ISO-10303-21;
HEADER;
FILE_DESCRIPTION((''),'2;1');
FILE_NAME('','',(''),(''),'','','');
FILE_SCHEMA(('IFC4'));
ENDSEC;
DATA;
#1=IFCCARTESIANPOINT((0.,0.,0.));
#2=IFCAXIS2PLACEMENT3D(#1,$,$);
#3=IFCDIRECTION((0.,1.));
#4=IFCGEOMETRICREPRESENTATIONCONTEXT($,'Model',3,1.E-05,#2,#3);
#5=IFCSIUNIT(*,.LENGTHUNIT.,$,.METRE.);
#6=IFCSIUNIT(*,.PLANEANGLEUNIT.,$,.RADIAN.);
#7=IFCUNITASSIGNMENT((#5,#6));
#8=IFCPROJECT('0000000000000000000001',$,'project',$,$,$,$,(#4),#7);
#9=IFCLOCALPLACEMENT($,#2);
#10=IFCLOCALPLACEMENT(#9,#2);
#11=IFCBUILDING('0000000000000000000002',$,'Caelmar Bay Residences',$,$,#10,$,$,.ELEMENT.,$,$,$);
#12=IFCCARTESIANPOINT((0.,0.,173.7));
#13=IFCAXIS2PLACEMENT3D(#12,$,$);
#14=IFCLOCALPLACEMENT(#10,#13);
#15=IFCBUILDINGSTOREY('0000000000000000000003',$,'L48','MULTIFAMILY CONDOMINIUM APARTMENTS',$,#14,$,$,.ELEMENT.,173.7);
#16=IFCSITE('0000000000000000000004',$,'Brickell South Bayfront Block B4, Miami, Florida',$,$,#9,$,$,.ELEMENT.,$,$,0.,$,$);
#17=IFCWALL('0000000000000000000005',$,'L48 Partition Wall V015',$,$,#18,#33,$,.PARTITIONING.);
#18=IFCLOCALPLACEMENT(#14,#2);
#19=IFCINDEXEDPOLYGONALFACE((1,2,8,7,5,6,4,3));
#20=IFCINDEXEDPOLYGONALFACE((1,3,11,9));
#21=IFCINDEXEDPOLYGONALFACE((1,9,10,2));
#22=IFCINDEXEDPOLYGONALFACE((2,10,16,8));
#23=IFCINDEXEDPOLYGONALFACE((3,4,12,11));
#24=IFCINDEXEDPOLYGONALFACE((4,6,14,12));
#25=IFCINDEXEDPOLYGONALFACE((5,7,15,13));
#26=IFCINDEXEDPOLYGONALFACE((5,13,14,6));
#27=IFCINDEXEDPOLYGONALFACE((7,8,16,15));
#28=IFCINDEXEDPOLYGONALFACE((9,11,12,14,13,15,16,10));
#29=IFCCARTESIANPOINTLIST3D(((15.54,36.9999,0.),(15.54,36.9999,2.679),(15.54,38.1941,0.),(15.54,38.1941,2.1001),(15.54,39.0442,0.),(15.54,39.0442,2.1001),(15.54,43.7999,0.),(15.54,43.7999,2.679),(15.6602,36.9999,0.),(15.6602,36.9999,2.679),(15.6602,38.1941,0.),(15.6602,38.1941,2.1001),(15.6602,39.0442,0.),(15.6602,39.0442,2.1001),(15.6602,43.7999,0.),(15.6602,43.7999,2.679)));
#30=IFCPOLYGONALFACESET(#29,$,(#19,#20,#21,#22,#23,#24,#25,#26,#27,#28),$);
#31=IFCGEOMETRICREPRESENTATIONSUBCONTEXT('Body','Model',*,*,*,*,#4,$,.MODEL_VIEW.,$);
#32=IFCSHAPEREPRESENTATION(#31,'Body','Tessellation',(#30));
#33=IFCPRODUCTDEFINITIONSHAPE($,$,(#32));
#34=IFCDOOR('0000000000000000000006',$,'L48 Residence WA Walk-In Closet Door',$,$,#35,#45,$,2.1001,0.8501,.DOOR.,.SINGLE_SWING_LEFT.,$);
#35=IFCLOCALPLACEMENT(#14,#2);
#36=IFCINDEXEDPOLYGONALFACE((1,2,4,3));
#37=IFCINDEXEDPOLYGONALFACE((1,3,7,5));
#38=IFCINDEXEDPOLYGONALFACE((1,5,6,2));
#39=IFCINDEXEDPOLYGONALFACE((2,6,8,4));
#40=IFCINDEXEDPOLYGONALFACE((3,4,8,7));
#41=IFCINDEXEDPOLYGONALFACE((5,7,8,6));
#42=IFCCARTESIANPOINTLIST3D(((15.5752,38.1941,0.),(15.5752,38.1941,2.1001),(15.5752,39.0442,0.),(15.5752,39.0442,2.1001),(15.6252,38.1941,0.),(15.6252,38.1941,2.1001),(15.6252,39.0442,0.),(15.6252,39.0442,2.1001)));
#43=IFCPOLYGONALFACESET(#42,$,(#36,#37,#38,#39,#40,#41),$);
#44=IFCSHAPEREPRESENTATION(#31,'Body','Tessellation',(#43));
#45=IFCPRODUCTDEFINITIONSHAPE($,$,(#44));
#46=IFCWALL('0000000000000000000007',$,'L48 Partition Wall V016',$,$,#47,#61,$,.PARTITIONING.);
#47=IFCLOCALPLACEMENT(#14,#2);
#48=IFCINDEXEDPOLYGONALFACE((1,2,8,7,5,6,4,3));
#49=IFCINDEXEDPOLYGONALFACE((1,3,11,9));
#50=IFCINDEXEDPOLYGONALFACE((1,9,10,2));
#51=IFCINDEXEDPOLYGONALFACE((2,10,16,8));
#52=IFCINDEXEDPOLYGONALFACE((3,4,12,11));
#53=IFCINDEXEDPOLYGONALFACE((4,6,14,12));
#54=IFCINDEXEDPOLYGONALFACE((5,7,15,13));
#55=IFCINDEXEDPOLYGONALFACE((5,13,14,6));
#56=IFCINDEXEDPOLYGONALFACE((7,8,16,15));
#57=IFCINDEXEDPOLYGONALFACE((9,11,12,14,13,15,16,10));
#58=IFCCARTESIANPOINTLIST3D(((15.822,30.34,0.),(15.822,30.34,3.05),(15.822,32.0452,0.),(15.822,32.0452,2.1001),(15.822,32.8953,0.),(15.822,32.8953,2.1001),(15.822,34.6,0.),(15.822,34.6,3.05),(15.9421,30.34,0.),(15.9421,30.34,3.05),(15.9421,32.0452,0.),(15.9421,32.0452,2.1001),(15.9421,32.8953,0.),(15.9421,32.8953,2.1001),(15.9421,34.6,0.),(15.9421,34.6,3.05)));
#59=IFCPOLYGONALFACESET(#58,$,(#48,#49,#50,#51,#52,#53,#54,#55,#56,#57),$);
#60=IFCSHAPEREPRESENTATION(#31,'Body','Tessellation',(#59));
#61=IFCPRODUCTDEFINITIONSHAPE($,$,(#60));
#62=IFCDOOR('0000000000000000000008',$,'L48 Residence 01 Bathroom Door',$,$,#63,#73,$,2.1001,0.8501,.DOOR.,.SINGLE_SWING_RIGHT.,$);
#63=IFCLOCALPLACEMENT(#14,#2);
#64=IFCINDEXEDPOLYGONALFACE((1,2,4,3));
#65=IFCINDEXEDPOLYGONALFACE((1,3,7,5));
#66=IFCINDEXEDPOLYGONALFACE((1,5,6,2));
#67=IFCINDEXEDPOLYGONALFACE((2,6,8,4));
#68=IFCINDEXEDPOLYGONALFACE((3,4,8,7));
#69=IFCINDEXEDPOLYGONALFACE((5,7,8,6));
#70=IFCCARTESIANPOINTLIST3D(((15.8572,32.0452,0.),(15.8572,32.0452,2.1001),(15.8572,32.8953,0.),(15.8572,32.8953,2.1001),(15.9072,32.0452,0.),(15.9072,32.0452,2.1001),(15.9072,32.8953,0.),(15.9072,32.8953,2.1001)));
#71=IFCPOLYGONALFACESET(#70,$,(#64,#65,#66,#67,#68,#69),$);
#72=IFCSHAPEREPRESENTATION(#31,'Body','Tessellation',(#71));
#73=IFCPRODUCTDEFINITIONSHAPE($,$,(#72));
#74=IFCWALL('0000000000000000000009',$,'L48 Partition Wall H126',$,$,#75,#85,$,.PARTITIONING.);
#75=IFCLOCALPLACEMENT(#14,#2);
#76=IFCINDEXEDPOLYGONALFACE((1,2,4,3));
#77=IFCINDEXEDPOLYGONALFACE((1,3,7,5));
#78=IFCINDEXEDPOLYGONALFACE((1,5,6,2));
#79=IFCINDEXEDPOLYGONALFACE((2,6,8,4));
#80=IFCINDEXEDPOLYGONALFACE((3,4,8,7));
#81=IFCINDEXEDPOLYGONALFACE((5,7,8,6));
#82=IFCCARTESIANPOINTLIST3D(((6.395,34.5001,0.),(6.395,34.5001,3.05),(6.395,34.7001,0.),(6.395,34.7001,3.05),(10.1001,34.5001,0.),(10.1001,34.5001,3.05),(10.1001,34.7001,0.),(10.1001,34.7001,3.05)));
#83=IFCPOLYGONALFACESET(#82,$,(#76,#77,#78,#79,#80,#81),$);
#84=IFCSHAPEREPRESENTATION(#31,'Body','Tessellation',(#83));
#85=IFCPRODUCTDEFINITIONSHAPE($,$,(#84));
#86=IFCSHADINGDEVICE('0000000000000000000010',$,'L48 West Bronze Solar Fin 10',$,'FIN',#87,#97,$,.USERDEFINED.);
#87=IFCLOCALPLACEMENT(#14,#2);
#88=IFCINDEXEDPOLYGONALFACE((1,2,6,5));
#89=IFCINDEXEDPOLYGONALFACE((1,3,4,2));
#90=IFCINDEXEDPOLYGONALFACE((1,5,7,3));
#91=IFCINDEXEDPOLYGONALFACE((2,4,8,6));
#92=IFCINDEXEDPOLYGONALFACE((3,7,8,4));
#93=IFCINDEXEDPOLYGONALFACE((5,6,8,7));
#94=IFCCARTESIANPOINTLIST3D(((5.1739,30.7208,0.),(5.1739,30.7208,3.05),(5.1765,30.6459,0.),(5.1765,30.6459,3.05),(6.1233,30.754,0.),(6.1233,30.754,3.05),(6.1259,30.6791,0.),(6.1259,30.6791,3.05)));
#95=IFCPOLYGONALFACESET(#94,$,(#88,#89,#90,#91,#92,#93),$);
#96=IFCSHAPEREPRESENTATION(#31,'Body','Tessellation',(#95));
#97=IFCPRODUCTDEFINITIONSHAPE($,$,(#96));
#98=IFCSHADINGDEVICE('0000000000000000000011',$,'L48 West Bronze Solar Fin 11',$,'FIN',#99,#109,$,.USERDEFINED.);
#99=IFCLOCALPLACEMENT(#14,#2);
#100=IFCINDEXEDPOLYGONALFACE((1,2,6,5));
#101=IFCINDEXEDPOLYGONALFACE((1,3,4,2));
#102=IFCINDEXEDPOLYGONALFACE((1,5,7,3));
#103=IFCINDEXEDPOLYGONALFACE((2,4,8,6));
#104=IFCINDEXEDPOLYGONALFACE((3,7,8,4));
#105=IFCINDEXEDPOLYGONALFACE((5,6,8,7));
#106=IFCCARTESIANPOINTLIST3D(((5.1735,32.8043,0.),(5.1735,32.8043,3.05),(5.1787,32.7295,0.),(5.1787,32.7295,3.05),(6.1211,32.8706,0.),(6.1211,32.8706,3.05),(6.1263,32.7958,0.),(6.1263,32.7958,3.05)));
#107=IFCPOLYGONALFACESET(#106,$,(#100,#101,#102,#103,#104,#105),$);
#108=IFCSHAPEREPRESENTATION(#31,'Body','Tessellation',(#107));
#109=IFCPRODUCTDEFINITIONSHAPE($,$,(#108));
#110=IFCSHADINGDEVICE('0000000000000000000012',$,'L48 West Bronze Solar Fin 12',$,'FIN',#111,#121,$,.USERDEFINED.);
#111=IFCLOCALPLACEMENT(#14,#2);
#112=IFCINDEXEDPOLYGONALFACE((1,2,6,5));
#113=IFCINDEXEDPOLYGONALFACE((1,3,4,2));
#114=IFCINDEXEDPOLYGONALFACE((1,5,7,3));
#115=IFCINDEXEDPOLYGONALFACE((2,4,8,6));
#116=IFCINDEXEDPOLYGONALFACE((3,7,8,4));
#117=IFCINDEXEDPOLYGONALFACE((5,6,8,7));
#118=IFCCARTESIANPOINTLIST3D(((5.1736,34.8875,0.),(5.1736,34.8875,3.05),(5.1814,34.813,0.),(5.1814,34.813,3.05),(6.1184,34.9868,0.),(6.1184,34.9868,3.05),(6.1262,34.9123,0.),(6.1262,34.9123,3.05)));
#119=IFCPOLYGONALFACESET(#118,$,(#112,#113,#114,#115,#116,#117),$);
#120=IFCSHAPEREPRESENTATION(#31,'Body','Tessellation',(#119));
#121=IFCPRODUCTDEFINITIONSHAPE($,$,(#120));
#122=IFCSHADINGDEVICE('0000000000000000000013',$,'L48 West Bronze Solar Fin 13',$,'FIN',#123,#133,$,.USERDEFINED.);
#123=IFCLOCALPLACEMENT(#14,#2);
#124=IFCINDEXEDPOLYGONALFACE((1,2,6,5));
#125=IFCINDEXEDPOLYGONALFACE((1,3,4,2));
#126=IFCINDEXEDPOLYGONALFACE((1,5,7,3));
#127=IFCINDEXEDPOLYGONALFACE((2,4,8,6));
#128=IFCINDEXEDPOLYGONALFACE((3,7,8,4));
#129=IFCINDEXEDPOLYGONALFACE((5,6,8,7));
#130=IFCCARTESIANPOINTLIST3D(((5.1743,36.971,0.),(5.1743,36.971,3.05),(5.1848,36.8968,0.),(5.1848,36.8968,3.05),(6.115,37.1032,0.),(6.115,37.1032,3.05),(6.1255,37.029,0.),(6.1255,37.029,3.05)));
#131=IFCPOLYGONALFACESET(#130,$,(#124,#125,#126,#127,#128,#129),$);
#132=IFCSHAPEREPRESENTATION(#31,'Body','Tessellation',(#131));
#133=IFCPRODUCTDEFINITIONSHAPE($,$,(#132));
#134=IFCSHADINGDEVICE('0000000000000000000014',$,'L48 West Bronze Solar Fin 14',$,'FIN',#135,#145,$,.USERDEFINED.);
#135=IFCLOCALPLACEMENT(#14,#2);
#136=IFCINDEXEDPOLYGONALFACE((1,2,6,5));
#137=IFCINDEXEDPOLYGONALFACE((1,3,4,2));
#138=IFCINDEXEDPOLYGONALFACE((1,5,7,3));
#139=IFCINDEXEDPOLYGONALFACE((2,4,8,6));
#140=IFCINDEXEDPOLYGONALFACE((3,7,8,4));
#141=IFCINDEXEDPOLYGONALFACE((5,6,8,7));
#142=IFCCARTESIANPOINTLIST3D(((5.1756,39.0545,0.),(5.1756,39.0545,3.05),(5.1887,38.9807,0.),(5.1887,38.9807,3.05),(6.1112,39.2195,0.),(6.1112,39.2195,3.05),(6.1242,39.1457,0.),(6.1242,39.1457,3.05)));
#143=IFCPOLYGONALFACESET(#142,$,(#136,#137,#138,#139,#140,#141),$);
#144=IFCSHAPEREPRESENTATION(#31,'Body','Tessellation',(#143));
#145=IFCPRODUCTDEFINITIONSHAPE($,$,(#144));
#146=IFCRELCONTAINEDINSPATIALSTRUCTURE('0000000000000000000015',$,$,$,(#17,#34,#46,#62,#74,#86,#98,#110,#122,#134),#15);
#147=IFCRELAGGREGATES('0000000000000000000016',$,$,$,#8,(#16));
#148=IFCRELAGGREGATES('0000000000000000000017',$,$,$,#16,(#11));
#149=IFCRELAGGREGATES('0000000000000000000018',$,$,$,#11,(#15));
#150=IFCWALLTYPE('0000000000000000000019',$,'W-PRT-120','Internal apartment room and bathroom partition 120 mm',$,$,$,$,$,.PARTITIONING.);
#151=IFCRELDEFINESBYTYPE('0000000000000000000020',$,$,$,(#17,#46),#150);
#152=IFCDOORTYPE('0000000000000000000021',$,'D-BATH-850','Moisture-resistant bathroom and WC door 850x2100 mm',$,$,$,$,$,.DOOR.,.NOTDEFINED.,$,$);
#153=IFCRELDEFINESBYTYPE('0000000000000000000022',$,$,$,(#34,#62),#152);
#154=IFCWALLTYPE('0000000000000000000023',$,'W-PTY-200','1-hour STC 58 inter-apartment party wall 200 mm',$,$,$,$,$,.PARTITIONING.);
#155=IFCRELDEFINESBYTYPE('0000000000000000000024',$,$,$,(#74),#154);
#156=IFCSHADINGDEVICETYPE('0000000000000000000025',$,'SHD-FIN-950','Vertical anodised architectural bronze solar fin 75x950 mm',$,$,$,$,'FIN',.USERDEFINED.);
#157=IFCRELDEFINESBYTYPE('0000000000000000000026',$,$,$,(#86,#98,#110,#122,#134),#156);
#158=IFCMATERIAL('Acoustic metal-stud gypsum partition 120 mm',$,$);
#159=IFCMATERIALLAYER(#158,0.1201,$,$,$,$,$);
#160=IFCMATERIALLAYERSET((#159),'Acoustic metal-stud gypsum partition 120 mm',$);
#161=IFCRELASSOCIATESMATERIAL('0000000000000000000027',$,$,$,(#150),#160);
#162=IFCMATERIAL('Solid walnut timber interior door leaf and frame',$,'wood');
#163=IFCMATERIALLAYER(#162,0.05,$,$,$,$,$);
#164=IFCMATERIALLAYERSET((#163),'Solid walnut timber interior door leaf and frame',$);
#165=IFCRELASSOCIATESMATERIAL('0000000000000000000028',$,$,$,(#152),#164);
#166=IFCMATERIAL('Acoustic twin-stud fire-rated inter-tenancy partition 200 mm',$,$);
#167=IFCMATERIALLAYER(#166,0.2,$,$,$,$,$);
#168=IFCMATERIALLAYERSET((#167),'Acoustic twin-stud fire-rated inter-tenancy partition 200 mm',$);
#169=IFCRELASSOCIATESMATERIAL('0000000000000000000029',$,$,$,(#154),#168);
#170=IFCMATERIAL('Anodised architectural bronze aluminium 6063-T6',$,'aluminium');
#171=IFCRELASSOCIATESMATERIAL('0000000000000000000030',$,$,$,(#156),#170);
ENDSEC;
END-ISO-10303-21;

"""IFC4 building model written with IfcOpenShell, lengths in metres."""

from ifc_helpers import new_model, si_unit, direction, frame, frame_2d, origin, origin_2d, place, context, subcontext, project, spatial, rectangle, extrude, material, layer, layer_set, material_profile, profile_set, type_object, element, fill, save


model = new_model("IFC4")

# Units and contexts
model_context = context("Model", 3, precision=1e-05, world=origin(), true_north=direction((0.0, 1.0)))
body_context = subcontext(model_context, "Body", "Model", "MODEL_VIEW")
ifc_project = project(units=[si_unit("LENGTHUNIT", "METRE"), si_unit("PLANEANGLEUNIT", "RADIAN")], contexts=[model_context])

# Site, building, storey
site_placement = place(None, origin())
site = spatial("IfcSite", under=ifc_project, at=site_placement, Name="Brickell South Bayfront Block B4, Miami, Florida", CompositionType="ELEMENT", RefElevation=0.0)
building_placement = place(site_placement, origin())
building = spatial("IfcBuilding", under=site, at=building_placement, Name="Caelmar Bay Residences", CompositionType="ELEMENT")
storey_placement = place(building_placement, frame((0.0, 0.0, 173.7)))
storey = spatial("IfcBuildingStorey", under=building, at=storey_placement, Name="L48", Description="MULTIFAMILY CONDOMINIUM APARTMENTS", CompositionType="ELEMENT", Elevation=173.7)

# Walls, openings, doors
ifc_material_1 = material(Name="Solid walnut timber interior door leaf and frame", Category="wood")
ifc_material_2 = material(Name="Acoustic metal-stud gypsum partition 120 mm")
ifc_layer_1 = layer(ifc_material_2, 0.1201)
ifc_layer_set_1 = layer_set([ifc_layer_1], Name="Acoustic metal-stud gypsum partition 120 mm")
wall_type_1 = type_object("IfcWallType", Name="W-PRT-120", Description="Internal apartment room and bathroom partition 120 mm", PredefinedType="PARTITIONING", material=ifc_layer_set_1)
wall_1_placement = place(storey_placement, frame((15.6001, 37.0, 0.0), z_axis=(0.0, 0.0, 1.0), x_axis=(0.0, 1.0, 0.0)))
wall_1 = element("IfcWall", 1, at=wall_1_placement, inside=storey, type_object=wall_type_1, Name="L48 Partition Wall V015", PredefinedType="PARTITIONING", context=body_context, shape_type="SweptSolid", body=[
    extrude(rectangle(XDim=6.8, YDim=0.1201, at=frame_2d((3.3999, 0.0))), origin(), (0.0, 0.0, 1.0), 2.679),
])
opening_1_placement = place(wall_1_placement, frame((1.1941, 0.0, 0.0)))
opening_1 = element("IfcOpeningElement", 2, at=opening_1_placement, cuts=wall_1, PredefinedType="OPENING", context=body_context, shape_type="SweptSolid", body=[
    extrude(rectangle(XDim=0.8501, YDim=2.1001, at=frame_2d((0.425, 1.05))), frame((0.0, 0.0701, 0.0), z_axis=(0.0, -1.0, 0.0), x_axis=(1.0, 0.0, 0.0)), (0.0, 0.0, 1.0), 0.1401),
])
ifc_layer_2 = layer(ifc_material_1, 0.05)
ifc_layer_set_2 = layer_set([ifc_layer_2], Name="Solid walnut timber interior door leaf and frame")
door_type_1 = type_object("IfcDoorType", Name="D-BATH-850", Description="Moisture-resistant bathroom and WC door 850x2100 mm", OperationType="NOTDEFINED", PredefinedType="DOOR", material=ifc_layer_set_2)
door_1_placement = place(opening_1_placement, origin())
door_1 = element("IfcDoor", 3, at=door_1_placement, inside=storey, type_object=door_type_1, Name="L48 Residence WA Walk-In Closet Door", OperationType="SINGLE_SWING_LEFT", OverallHeight=2.1001, OverallWidth=0.8501, PredefinedType="DOOR", context=body_context, shape_type="SweptSolid", body=[
    extrude(rectangle(XDim=0.8501, YDim=2.1001, at=frame_2d((0.425, 1.05))), frame((0.0, 0.0249, 0.0), z_axis=(0.0, -1.0, 0.0), x_axis=(1.0, 0.0, 0.0)), (0.0, 0.0, 1.0), 0.05),
])
fill(opening_1, door_1)
wall_2_placement = place(storey_placement, frame((15.8821, 30.3401, 0.0), z_axis=(0.0, 0.0, 1.0), x_axis=(0.0, 1.0, 0.0)))
wall_2 = element("IfcWall", 4, at=wall_2_placement, inside=storey, type_object=wall_type_1, Name="L48 Partition Wall V016", PredefinedType="PARTITIONING", context=body_context, shape_type="SweptSolid", body=[
    extrude(rectangle(XDim=4.26, YDim=0.1201, at=frame_2d((2.1299, 0.0))), origin(), (0.0, 0.0, 1.0), 3.05),
])
opening_2_placement = place(wall_2_placement, frame((1.7051, 0.0, 0.0)))
opening_2 = element("IfcOpeningElement", 5, at=opening_2_placement, cuts=wall_2, PredefinedType="OPENING", context=body_context, shape_type="SweptSolid", body=[
    extrude(rectangle(XDim=0.8501, YDim=2.1001, at=frame_2d((0.425, 1.05))), frame((0.0, 0.0701, 0.0), z_axis=(0.0, -1.0, 0.0), x_axis=(1.0, 0.0, 0.0)), (0.0, 0.0, 1.0), 0.1401),
])
door_2_placement = place(opening_2_placement, origin())
door_2 = element("IfcDoor", 6, at=door_2_placement, inside=storey, type_object=door_type_1, Name="L48 Residence 01 Bathroom Door", OperationType="SINGLE_SWING_RIGHT", OverallHeight=2.1001, OverallWidth=0.8501, PredefinedType="DOOR", context=body_context, shape_type="SweptSolid", body=[
    extrude(rectangle(XDim=0.8501, YDim=2.1001, at=frame_2d((0.425, 1.05))), frame((0.0, 0.0249, 0.0), z_axis=(0.0, -1.0, 0.0), x_axis=(1.0, 0.0, 0.0)), (0.0, 0.0, 1.0), 0.05),
])
fill(opening_2, door_2)

# Wall
ifc_material_3 = material(Name="Acoustic twin-stud fire-rated inter-tenancy partition 200 mm")
ifc_layer_3 = layer(ifc_material_3, 0.2)
ifc_layer_set_3 = layer_set([ifc_layer_3], Name="Acoustic twin-stud fire-rated inter-tenancy partition 200 mm")
wall_type_2 = type_object("IfcWallType", Name="W-PTY-200", Description="1-hour STC 58 inter-apartment party wall 200 mm", PredefinedType="PARTITIONING", material=ifc_layer_set_3)
wall_3_placement = place(storey_placement, frame((6.395, 34.6001, 0.0), z_axis=(0.0, 0.0, 1.0), x_axis=(1.0, 0.0, 0.0)))
element("IfcWall", 7, at=wall_3_placement, inside=storey, type_object=wall_type_2, Name="L48 Partition Wall H126", PredefinedType="PARTITIONING", context=body_context, shape_type="SweptSolid", body=[
    extrude(rectangle(XDim=3.7051, YDim=0.2, at=frame_2d((1.8525, 0.0))), origin(), (0.0, 0.0, 1.0), 3.05),
])

# Shading devices
ifc_material_4 = material(Name="Anodised architectural bronze aluminium 6063-T6", Category="aluminium")
ifc_material_profile = material_profile(ifc_material_4, rectangle(XDim=0.075, YDim=0.95, at=origin_2d()), Name="BRONZE-FIN-75X950")
ifc_profile_set = profile_set([ifc_material_profile], Name="Anodised architectural bronze aluminium 6063-T6")
shading_device_type = type_object("IfcShadingDeviceType", Name="SHD-FIN-950", Description="Vertical anodised architectural bronze solar fin 75x950 mm", ElementType="FIN", PredefinedType="USERDEFINED", material=ifc_profile_set)
for number, where, z_axis, x_axis, name in (
    (8, (5.6499, 30.7, 0.0), (0.0, 0.0, 1.0), (-0.034899, 0.999391, 0.0), "L48 West Bronze Solar Fin 10"),
    (9, (5.6499, 32.8, 0.0), (0.0, 0.0, 1.0), (-0.069756, 0.997564, 0.0), "L48 West Bronze Solar Fin 11"),
    (10, (5.6499, 34.8999, 0.0), (0.0, 0.0, 1.0), (-0.104528, 0.994522, 0.0), "L48 West Bronze Solar Fin 12"),
    (11, (5.6499, 37.0, 0.0), (0.0, 0.0, 1.0), (-0.139173, 0.990268, 0.0), "L48 West Bronze Solar Fin 13"),
    (12, (5.6499, 39.1001, 0.0), (0.0, 0.0, 1.0), (-0.173648, 0.984808, 0.0), "L48 West Bronze Solar Fin 14"),
):
    element("IfcShadingDevice", number, at=place(storey_placement, frame(where, z_axis=z_axis, x_axis=x_axis)), inside=storey, type_object=shading_device_type, Name=name, ObjectType="FIN", PredefinedType="USERDEFINED", context=body_context, shape_type="SweptSolid", body=[
        extrude(rectangle(XDim=0.075, YDim=0.95, at=origin_2d()), origin(), (0.0, 0.0, 1.0), 3.05),
    ])

save(model, "model.ifc")
